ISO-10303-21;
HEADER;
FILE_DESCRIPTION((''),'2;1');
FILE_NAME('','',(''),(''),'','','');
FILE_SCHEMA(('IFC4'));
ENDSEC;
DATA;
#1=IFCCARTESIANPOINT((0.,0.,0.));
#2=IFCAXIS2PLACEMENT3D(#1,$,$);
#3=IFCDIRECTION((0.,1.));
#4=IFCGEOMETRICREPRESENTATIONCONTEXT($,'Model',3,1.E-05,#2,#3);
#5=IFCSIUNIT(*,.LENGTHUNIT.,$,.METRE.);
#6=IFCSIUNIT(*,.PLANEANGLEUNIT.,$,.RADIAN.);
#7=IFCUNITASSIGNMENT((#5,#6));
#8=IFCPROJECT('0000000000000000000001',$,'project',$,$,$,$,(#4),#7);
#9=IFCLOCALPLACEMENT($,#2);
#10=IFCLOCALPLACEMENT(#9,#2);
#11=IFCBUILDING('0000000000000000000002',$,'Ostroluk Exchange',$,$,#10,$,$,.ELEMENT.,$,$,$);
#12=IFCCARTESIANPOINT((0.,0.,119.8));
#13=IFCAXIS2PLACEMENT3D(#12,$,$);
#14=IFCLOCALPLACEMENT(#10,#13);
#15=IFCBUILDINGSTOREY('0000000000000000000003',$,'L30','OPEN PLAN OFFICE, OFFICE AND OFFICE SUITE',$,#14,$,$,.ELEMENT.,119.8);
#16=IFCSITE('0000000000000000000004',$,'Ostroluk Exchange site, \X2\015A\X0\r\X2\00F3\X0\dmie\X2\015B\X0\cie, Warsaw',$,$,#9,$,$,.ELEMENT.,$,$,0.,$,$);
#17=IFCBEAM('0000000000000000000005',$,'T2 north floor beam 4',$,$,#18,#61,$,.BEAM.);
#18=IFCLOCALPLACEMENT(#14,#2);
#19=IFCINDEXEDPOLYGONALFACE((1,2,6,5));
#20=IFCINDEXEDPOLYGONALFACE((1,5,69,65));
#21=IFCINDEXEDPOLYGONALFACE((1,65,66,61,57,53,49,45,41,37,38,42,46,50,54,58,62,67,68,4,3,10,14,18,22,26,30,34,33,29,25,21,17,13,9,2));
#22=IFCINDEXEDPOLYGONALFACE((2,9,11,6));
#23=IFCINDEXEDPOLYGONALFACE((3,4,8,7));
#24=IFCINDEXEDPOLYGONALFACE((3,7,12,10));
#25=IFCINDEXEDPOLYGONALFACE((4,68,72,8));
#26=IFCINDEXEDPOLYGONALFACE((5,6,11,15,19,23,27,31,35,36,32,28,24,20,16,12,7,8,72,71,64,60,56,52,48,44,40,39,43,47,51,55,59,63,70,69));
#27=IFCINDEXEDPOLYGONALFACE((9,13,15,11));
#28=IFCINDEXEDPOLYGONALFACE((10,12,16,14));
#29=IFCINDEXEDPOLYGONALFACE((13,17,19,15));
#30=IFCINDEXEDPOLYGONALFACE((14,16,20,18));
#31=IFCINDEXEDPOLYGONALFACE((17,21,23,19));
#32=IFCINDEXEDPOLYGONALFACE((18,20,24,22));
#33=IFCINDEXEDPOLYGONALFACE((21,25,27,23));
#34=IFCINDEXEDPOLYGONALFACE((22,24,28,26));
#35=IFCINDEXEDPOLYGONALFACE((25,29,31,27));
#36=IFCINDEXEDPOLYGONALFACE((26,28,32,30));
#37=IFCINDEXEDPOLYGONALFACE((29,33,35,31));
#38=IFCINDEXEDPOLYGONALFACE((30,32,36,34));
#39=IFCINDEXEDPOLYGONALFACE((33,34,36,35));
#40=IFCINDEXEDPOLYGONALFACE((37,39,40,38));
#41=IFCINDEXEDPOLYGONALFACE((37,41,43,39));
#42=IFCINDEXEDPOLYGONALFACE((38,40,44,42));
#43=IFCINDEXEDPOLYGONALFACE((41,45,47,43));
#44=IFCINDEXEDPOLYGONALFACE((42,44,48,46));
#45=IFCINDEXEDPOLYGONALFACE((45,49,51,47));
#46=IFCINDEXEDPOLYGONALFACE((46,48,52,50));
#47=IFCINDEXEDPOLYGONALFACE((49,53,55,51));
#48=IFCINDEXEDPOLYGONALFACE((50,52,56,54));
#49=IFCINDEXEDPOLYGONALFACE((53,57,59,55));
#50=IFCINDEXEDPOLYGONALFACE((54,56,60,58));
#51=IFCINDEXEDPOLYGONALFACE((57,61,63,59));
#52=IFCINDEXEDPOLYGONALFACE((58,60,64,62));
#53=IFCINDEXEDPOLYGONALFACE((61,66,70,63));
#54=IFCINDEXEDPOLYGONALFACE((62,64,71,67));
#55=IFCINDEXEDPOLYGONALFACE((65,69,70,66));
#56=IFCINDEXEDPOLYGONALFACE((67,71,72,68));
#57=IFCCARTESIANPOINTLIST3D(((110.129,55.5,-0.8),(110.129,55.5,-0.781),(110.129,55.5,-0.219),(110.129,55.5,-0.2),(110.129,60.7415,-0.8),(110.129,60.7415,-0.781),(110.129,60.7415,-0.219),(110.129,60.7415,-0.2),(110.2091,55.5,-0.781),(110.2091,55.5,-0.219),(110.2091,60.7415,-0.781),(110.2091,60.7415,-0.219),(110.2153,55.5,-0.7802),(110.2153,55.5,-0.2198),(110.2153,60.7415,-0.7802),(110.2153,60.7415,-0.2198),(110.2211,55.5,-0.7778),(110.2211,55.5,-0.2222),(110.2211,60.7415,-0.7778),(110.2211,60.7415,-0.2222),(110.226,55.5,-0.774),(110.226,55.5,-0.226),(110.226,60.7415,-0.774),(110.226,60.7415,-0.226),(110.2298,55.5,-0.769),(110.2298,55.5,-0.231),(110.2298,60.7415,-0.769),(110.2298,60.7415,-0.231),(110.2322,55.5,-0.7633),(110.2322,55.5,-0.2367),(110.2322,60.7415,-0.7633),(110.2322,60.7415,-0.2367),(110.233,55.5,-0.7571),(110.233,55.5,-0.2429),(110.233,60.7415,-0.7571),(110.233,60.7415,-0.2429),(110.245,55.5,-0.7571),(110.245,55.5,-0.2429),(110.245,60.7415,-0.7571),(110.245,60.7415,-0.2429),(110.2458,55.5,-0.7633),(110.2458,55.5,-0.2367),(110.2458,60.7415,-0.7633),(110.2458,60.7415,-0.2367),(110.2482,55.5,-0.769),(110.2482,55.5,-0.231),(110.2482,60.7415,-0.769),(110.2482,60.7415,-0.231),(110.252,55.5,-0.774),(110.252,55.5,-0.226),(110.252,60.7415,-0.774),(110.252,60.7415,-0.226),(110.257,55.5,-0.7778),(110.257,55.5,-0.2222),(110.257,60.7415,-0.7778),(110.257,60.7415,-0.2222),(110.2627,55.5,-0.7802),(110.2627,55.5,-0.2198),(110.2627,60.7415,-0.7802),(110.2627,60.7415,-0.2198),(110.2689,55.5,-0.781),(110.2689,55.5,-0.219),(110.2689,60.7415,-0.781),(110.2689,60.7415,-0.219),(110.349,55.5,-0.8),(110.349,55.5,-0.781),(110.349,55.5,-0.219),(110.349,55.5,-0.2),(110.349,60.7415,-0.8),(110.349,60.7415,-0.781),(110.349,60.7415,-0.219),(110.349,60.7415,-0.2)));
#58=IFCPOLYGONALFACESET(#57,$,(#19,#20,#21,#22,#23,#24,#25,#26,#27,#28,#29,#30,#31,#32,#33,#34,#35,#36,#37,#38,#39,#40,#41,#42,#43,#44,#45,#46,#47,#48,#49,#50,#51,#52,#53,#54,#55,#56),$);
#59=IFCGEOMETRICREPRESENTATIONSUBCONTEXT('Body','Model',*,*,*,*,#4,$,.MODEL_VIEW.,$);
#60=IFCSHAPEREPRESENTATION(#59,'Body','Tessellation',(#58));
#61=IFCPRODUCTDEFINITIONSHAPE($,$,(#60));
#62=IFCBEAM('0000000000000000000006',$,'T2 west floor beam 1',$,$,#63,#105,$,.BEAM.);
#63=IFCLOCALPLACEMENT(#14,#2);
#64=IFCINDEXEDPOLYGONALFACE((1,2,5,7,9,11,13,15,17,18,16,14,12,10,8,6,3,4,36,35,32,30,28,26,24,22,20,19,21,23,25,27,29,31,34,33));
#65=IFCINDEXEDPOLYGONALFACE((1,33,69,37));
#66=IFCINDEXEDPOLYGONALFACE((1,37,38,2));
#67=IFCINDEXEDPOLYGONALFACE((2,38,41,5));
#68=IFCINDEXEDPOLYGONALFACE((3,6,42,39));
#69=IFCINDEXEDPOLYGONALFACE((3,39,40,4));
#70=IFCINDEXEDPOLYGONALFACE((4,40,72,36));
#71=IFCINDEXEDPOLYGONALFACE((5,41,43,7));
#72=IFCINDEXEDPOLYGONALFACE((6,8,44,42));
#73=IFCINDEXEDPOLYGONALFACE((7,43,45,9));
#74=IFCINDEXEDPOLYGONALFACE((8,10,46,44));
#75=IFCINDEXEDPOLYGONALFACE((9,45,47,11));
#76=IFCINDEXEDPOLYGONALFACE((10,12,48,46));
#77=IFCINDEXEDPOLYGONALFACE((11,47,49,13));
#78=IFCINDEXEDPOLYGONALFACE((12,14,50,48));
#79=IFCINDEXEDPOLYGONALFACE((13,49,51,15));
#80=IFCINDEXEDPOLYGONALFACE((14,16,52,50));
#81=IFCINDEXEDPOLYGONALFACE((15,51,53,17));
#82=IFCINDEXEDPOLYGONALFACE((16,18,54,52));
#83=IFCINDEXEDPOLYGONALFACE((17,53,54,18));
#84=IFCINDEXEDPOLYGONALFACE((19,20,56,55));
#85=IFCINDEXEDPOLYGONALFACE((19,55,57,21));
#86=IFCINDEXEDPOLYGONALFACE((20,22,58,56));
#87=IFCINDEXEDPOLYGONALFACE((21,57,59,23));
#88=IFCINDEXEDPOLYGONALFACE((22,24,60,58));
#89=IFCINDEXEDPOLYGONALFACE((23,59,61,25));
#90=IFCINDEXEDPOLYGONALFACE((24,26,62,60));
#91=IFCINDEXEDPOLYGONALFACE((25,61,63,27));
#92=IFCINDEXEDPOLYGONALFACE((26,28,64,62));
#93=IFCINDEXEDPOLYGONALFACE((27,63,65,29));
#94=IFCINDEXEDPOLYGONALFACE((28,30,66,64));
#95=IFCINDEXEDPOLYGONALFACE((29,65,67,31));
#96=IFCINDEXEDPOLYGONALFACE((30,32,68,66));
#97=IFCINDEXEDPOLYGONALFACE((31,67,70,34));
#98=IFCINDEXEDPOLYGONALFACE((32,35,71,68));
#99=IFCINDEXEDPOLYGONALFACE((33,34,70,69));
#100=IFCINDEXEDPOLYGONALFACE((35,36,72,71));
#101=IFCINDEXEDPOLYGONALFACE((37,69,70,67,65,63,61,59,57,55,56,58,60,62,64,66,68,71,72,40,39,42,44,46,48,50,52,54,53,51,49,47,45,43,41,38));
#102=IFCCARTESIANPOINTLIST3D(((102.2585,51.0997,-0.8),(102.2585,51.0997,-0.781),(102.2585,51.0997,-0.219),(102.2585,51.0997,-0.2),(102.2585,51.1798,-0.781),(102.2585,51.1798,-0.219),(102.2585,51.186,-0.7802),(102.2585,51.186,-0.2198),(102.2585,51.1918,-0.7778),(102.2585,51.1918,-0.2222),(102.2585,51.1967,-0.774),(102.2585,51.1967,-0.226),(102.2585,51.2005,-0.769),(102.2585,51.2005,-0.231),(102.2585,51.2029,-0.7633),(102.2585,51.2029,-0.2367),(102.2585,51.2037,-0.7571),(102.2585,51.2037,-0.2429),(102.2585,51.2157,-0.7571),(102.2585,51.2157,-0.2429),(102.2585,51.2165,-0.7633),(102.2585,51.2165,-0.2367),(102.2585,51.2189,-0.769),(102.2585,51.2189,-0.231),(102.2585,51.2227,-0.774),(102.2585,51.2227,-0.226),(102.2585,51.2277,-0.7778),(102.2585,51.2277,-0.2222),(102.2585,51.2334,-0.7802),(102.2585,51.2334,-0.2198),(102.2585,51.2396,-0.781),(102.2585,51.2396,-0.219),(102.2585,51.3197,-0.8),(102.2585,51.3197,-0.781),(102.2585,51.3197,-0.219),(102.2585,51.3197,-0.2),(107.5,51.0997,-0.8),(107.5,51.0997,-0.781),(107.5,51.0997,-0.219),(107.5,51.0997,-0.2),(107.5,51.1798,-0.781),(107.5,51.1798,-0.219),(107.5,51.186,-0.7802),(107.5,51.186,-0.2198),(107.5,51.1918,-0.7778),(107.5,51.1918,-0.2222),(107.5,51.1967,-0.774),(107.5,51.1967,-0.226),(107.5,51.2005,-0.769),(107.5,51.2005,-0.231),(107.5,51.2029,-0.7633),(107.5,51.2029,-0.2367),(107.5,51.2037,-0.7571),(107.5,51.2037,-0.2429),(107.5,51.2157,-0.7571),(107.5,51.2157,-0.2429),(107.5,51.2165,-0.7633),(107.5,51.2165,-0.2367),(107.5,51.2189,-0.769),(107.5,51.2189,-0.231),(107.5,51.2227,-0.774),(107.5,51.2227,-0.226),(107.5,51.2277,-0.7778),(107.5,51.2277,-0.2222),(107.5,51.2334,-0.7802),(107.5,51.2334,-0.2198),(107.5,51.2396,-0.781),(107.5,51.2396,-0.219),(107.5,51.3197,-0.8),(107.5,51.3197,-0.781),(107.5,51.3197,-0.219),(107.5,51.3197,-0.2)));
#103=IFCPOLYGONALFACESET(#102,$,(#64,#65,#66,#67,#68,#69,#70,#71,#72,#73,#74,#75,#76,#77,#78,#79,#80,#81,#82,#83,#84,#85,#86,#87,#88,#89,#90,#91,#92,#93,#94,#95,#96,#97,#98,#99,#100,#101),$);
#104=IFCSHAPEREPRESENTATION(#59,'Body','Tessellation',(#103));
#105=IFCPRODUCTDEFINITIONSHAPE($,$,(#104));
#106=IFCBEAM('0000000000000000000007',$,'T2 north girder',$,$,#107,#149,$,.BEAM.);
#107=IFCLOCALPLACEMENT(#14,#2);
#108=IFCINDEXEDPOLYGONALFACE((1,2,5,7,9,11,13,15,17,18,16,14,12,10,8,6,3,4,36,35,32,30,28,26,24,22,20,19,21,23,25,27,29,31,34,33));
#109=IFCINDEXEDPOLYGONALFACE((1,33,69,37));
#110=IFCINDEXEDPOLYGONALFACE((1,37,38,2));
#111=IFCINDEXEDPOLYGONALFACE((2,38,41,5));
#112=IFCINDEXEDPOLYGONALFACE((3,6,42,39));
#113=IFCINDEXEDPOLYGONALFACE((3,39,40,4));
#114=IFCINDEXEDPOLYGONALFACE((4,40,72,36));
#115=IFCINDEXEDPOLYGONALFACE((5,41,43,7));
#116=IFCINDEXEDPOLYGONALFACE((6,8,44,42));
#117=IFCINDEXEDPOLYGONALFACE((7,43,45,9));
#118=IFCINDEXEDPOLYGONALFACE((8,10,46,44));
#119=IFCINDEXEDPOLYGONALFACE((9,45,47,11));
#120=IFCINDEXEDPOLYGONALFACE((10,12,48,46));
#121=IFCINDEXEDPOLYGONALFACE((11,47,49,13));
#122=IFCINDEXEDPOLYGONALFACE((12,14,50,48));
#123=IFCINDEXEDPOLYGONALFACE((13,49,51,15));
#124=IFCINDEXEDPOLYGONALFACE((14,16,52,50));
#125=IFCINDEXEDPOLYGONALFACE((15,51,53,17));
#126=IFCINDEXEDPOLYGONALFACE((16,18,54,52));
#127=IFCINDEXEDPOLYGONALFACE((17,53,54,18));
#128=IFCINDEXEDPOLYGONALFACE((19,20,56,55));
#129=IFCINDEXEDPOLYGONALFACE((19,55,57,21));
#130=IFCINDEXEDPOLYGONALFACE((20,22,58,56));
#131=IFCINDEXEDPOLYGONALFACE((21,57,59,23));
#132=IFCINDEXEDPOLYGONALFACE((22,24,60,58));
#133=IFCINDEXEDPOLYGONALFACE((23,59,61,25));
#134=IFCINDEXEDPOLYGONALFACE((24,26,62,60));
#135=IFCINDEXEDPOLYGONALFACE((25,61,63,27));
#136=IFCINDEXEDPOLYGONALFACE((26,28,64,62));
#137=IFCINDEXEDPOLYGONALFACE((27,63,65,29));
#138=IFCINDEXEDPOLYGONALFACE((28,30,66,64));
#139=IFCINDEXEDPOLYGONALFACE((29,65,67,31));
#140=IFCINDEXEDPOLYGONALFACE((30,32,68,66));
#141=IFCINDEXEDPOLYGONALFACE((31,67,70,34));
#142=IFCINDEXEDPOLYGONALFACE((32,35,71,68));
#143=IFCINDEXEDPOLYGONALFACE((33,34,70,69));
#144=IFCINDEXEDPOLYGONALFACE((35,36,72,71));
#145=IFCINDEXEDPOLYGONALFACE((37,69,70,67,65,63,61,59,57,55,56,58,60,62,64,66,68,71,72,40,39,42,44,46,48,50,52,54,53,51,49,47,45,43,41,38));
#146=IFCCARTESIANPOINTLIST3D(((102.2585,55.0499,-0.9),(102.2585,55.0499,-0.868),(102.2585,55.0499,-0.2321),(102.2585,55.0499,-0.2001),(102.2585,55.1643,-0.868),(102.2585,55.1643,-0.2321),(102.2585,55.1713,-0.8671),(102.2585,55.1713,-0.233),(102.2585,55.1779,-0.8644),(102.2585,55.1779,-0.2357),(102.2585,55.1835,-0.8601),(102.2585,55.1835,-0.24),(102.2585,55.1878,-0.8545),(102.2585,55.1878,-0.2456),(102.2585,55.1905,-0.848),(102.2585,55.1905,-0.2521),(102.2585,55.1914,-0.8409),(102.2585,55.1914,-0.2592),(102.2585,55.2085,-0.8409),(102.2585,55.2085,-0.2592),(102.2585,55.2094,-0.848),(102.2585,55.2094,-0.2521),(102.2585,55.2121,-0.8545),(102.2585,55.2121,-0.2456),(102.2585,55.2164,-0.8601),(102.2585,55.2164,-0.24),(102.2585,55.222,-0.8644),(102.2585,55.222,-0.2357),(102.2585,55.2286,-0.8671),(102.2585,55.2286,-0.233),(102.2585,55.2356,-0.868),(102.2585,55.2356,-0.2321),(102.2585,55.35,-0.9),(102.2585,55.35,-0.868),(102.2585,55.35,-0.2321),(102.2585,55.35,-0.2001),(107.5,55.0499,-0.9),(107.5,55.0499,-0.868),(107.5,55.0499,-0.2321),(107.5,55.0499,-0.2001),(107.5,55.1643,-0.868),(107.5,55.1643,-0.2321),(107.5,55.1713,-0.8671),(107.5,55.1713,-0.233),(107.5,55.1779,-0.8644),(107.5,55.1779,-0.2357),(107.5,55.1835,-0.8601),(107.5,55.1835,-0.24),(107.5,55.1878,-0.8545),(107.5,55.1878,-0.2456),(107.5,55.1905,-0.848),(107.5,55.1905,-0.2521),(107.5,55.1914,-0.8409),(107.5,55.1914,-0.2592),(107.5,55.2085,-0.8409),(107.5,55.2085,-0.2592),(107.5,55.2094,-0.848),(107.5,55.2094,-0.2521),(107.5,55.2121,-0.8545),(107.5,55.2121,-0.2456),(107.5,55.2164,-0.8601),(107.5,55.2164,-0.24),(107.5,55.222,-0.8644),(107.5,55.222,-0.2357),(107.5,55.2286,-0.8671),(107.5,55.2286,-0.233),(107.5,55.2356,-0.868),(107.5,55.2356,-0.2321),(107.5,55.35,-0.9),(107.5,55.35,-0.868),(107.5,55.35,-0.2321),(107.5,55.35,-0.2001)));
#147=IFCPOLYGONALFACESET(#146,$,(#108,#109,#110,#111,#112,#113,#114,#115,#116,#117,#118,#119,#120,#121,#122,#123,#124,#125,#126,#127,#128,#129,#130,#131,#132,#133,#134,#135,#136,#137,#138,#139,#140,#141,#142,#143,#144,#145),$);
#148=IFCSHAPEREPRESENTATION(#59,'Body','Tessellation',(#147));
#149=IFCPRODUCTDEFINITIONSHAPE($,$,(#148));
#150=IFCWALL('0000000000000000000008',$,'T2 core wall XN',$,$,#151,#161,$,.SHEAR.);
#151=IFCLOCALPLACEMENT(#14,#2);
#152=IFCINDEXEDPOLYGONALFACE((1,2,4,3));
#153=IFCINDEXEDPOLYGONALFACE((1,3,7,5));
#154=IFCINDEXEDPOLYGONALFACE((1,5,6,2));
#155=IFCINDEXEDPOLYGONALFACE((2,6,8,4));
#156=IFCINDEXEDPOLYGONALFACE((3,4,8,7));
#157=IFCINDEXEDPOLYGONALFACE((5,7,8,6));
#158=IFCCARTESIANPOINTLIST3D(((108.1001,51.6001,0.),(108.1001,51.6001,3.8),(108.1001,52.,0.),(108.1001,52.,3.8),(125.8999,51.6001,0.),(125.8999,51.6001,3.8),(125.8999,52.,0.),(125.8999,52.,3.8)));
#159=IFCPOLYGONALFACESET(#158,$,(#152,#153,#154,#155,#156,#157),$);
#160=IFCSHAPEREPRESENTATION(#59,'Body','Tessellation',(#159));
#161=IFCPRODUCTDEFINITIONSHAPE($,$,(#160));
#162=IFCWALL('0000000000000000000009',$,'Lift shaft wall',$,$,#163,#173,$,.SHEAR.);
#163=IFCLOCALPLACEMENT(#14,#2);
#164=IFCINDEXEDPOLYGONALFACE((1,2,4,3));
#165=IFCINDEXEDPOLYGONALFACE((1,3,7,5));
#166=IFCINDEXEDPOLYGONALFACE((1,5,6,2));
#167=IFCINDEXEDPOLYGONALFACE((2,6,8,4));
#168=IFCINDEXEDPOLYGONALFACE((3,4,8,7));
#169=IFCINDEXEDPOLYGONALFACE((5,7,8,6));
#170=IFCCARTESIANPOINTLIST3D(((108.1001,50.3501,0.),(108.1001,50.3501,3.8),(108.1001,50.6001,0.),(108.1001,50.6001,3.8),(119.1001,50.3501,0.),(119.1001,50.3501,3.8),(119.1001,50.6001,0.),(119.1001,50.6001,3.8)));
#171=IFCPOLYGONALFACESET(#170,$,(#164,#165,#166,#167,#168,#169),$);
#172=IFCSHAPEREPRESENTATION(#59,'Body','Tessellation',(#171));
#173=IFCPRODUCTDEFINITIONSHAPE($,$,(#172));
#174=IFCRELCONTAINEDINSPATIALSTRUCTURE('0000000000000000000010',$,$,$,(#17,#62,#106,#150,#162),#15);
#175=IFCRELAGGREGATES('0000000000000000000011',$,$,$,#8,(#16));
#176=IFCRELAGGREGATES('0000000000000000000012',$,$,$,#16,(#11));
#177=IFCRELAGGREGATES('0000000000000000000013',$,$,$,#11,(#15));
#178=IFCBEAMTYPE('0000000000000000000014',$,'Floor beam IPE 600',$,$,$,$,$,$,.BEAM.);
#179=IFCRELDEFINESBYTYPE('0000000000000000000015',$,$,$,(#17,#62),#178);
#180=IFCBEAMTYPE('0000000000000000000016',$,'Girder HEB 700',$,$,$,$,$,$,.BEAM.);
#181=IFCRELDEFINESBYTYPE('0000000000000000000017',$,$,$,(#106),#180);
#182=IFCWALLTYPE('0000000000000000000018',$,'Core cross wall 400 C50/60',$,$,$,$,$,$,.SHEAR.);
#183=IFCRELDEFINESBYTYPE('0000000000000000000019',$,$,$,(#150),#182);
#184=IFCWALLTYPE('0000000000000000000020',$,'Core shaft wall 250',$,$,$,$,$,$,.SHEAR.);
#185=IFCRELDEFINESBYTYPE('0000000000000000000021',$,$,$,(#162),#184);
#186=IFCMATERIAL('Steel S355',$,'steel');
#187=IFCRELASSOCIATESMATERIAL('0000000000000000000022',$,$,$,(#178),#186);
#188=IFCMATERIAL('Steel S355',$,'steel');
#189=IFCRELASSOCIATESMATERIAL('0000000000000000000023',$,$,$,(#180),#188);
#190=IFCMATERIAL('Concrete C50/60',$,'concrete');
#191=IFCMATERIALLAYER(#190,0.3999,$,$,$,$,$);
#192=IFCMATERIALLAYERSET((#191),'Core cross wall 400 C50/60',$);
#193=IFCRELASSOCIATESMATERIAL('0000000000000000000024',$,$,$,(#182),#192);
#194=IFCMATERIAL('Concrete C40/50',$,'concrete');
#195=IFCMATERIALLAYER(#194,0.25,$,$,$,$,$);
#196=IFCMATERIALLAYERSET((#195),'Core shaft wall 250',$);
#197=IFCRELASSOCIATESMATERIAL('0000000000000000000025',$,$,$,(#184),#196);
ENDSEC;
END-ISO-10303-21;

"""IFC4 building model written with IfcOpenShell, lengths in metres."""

from ifc_helpers import new_model, si_unit, direction, frame, frame_2d, origin, origin_2d, place, context, subcontext, project, spatial, rectangle, i_section, extrude, material, layer, layer_set, material_profile, profile_set, type_object, element, save


model = new_model("IFC4")

# Units and contexts
model_context = context("Model", 3, precision=1e-05, world=origin(), true_north=direction((0.0, 1.0)))
body_context = subcontext(model_context, "Body", "Model", "MODEL_VIEW")
ifc_project = project(units=[si_unit("LENGTHUNIT", "METRE"), si_unit("PLANEANGLEUNIT", "RADIAN")], contexts=[model_context])

# Site, building, storey
site_placement = place(None, origin())
site = spatial("IfcSite", under=ifc_project, at=site_placement, Name="Ostroluk Exchange site, Śródmieście, Warsaw", CompositionType="ELEMENT", RefElevation=0.0)
building_placement = place(site_placement, origin())
building = spatial("IfcBuilding", under=site, at=building_placement, Name="Ostroluk Exchange", CompositionType="ELEMENT")
storey_placement = place(building_placement, frame((0.0, 0.0, 119.8)))
storey = spatial("IfcBuildingStorey", under=building, at=storey_placement, Name="L30", Description="OPEN PLAN OFFICE, OFFICE AND OFFICE SUITE", CompositionType="ELEMENT", Elevation=119.8)

# Beams
ifc_material_1 = material(Name="Steel S355", Category="steel")
ifc_material_profile_1 = material_profile(ifc_material_1, i_section(OverallWidth=0.22, OverallDepth=0.6001, WebThickness=0.012, FlangeThickness=0.019, FilletRadius=0.0239, at=origin_2d()), Name="IPE 600")
ifc_profile_set_1 = profile_set([ifc_material_profile_1], Name="Steel S355")
beam_type_1 = type_object("IfcBeamType", Name="Floor beam IPE 600", PredefinedType="BEAM", material=ifc_profile_set_1)
for number, where, z_axis, x_axis, name in (
    (1, (110.239, 55.5, -0.5), (0.0, 1.0, 0.0), (-1.0, 0.0, 0.0), "T2 north floor beam 4"),
    (2, (107.5, 51.2097, -0.5), (-1.0, 0.0, 0.0), (0.0, -1.0, 0.0), "T2 west floor beam 1"),
):
    element("IfcBeam", number, at=place(storey_placement, frame(where, z_axis=z_axis, x_axis=x_axis)), inside=storey, type_object=beam_type_1, Name=name, PredefinedType="BEAM", context=body_context, shape_type="SweptSolid", body=[
        extrude(i_section(OverallWidth=0.22, OverallDepth=0.6001, WebThickness=0.012, FlangeThickness=0.019, FilletRadius=0.0239, at=origin_2d()), origin(), (0.0, 0.0, 1.0), 5.2415),
    ])
ifc_material_2 = material(Name="Steel S355", Category="steel")
ifc_material_profile_2 = material_profile(ifc_material_2, i_section(OverallWidth=0.3, OverallDepth=0.7, WebThickness=0.0171, FlangeThickness=0.032, FilletRadius=0.0271, at=origin_2d()), Name="HEB 700")
ifc_profile_set_2 = profile_set([ifc_material_profile_2], Name="Steel S355")
beam_type_2 = type_object("IfcBeamType", Name="Girder HEB 700", PredefinedType="BEAM", material=ifc_profile_set_2)
beam_placement = place(storey_placement, frame((107.5, 55.2, -0.55), z_axis=(-1.0, 0.0, 0.0), x_axis=(0.0, -1.0, 0.0)))
element("IfcBeam", 3, at=beam_placement, inside=storey, type_object=beam_type_2, Name="T2 north girder", PredefinedType="BEAM", context=body_context, shape_type="SweptSolid", body=[
    extrude(i_section(OverallWidth=0.3, OverallDepth=0.7, WebThickness=0.0171, FlangeThickness=0.032, FilletRadius=0.0271, at=origin_2d()), origin(), (0.0, 0.0, 1.0), 5.2415),
])

# Walls
ifc_material_3 = material(Name="Concrete C50/60", Category="concrete")
ifc_layer_1 = layer(ifc_material_3, 0.3999)
ifc_layer_set_1 = layer_set([ifc_layer_1], Name="Core cross wall 400 C50/60")
wall_type_1 = type_object("IfcWallType", Name="Core cross wall 400 C50/60", PredefinedType="SHEAR", material=ifc_layer_set_1)
wall_1_placement = place(storey_placement, frame((108.1001, 51.8, 0.0), z_axis=(0.0, 0.0, 1.0), x_axis=(1.0, 0.0, 0.0)))
element("IfcWall", 4, at=wall_1_placement, inside=storey, type_object=wall_type_1, Name="T2 core wall XN", PredefinedType="SHEAR", context=body_context, shape_type="SweptSolid", body=[
    extrude(rectangle(XDim=17.7998, YDim=0.3999, at=frame_2d((8.8999, 0.0))), origin(), (0.0, 0.0, 1.0), 3.8),
])
ifc_material_4 = material(Name="Concrete C40/50", Category="concrete")
ifc_layer_2 = layer(ifc_material_4, 0.25)
ifc_layer_set_2 = layer_set([ifc_layer_2], Name="Core shaft wall 250")
wall_type_2 = type_object("IfcWallType", Name="Core shaft wall 250", PredefinedType="SHEAR", material=ifc_layer_set_2)
wall_2_placement = place(storey_placement, frame((108.1001, 50.4751, 0.0), z_axis=(0.0, 0.0, 1.0), x_axis=(1.0, 0.0, 0.0)))
element("IfcWall", 5, at=wall_2_placement, inside=storey, type_object=wall_type_2, Name="Lift shaft wall", PredefinedType="SHEAR", context=body_context, shape_type="SweptSolid", body=[
    extrude(rectangle(XDim=11.0, YDim=0.25, at=frame_2d((5.5, 0.0))), origin(), (0.0, 0.0, 1.0), 3.8),
])

save(model, "model.ifc")
